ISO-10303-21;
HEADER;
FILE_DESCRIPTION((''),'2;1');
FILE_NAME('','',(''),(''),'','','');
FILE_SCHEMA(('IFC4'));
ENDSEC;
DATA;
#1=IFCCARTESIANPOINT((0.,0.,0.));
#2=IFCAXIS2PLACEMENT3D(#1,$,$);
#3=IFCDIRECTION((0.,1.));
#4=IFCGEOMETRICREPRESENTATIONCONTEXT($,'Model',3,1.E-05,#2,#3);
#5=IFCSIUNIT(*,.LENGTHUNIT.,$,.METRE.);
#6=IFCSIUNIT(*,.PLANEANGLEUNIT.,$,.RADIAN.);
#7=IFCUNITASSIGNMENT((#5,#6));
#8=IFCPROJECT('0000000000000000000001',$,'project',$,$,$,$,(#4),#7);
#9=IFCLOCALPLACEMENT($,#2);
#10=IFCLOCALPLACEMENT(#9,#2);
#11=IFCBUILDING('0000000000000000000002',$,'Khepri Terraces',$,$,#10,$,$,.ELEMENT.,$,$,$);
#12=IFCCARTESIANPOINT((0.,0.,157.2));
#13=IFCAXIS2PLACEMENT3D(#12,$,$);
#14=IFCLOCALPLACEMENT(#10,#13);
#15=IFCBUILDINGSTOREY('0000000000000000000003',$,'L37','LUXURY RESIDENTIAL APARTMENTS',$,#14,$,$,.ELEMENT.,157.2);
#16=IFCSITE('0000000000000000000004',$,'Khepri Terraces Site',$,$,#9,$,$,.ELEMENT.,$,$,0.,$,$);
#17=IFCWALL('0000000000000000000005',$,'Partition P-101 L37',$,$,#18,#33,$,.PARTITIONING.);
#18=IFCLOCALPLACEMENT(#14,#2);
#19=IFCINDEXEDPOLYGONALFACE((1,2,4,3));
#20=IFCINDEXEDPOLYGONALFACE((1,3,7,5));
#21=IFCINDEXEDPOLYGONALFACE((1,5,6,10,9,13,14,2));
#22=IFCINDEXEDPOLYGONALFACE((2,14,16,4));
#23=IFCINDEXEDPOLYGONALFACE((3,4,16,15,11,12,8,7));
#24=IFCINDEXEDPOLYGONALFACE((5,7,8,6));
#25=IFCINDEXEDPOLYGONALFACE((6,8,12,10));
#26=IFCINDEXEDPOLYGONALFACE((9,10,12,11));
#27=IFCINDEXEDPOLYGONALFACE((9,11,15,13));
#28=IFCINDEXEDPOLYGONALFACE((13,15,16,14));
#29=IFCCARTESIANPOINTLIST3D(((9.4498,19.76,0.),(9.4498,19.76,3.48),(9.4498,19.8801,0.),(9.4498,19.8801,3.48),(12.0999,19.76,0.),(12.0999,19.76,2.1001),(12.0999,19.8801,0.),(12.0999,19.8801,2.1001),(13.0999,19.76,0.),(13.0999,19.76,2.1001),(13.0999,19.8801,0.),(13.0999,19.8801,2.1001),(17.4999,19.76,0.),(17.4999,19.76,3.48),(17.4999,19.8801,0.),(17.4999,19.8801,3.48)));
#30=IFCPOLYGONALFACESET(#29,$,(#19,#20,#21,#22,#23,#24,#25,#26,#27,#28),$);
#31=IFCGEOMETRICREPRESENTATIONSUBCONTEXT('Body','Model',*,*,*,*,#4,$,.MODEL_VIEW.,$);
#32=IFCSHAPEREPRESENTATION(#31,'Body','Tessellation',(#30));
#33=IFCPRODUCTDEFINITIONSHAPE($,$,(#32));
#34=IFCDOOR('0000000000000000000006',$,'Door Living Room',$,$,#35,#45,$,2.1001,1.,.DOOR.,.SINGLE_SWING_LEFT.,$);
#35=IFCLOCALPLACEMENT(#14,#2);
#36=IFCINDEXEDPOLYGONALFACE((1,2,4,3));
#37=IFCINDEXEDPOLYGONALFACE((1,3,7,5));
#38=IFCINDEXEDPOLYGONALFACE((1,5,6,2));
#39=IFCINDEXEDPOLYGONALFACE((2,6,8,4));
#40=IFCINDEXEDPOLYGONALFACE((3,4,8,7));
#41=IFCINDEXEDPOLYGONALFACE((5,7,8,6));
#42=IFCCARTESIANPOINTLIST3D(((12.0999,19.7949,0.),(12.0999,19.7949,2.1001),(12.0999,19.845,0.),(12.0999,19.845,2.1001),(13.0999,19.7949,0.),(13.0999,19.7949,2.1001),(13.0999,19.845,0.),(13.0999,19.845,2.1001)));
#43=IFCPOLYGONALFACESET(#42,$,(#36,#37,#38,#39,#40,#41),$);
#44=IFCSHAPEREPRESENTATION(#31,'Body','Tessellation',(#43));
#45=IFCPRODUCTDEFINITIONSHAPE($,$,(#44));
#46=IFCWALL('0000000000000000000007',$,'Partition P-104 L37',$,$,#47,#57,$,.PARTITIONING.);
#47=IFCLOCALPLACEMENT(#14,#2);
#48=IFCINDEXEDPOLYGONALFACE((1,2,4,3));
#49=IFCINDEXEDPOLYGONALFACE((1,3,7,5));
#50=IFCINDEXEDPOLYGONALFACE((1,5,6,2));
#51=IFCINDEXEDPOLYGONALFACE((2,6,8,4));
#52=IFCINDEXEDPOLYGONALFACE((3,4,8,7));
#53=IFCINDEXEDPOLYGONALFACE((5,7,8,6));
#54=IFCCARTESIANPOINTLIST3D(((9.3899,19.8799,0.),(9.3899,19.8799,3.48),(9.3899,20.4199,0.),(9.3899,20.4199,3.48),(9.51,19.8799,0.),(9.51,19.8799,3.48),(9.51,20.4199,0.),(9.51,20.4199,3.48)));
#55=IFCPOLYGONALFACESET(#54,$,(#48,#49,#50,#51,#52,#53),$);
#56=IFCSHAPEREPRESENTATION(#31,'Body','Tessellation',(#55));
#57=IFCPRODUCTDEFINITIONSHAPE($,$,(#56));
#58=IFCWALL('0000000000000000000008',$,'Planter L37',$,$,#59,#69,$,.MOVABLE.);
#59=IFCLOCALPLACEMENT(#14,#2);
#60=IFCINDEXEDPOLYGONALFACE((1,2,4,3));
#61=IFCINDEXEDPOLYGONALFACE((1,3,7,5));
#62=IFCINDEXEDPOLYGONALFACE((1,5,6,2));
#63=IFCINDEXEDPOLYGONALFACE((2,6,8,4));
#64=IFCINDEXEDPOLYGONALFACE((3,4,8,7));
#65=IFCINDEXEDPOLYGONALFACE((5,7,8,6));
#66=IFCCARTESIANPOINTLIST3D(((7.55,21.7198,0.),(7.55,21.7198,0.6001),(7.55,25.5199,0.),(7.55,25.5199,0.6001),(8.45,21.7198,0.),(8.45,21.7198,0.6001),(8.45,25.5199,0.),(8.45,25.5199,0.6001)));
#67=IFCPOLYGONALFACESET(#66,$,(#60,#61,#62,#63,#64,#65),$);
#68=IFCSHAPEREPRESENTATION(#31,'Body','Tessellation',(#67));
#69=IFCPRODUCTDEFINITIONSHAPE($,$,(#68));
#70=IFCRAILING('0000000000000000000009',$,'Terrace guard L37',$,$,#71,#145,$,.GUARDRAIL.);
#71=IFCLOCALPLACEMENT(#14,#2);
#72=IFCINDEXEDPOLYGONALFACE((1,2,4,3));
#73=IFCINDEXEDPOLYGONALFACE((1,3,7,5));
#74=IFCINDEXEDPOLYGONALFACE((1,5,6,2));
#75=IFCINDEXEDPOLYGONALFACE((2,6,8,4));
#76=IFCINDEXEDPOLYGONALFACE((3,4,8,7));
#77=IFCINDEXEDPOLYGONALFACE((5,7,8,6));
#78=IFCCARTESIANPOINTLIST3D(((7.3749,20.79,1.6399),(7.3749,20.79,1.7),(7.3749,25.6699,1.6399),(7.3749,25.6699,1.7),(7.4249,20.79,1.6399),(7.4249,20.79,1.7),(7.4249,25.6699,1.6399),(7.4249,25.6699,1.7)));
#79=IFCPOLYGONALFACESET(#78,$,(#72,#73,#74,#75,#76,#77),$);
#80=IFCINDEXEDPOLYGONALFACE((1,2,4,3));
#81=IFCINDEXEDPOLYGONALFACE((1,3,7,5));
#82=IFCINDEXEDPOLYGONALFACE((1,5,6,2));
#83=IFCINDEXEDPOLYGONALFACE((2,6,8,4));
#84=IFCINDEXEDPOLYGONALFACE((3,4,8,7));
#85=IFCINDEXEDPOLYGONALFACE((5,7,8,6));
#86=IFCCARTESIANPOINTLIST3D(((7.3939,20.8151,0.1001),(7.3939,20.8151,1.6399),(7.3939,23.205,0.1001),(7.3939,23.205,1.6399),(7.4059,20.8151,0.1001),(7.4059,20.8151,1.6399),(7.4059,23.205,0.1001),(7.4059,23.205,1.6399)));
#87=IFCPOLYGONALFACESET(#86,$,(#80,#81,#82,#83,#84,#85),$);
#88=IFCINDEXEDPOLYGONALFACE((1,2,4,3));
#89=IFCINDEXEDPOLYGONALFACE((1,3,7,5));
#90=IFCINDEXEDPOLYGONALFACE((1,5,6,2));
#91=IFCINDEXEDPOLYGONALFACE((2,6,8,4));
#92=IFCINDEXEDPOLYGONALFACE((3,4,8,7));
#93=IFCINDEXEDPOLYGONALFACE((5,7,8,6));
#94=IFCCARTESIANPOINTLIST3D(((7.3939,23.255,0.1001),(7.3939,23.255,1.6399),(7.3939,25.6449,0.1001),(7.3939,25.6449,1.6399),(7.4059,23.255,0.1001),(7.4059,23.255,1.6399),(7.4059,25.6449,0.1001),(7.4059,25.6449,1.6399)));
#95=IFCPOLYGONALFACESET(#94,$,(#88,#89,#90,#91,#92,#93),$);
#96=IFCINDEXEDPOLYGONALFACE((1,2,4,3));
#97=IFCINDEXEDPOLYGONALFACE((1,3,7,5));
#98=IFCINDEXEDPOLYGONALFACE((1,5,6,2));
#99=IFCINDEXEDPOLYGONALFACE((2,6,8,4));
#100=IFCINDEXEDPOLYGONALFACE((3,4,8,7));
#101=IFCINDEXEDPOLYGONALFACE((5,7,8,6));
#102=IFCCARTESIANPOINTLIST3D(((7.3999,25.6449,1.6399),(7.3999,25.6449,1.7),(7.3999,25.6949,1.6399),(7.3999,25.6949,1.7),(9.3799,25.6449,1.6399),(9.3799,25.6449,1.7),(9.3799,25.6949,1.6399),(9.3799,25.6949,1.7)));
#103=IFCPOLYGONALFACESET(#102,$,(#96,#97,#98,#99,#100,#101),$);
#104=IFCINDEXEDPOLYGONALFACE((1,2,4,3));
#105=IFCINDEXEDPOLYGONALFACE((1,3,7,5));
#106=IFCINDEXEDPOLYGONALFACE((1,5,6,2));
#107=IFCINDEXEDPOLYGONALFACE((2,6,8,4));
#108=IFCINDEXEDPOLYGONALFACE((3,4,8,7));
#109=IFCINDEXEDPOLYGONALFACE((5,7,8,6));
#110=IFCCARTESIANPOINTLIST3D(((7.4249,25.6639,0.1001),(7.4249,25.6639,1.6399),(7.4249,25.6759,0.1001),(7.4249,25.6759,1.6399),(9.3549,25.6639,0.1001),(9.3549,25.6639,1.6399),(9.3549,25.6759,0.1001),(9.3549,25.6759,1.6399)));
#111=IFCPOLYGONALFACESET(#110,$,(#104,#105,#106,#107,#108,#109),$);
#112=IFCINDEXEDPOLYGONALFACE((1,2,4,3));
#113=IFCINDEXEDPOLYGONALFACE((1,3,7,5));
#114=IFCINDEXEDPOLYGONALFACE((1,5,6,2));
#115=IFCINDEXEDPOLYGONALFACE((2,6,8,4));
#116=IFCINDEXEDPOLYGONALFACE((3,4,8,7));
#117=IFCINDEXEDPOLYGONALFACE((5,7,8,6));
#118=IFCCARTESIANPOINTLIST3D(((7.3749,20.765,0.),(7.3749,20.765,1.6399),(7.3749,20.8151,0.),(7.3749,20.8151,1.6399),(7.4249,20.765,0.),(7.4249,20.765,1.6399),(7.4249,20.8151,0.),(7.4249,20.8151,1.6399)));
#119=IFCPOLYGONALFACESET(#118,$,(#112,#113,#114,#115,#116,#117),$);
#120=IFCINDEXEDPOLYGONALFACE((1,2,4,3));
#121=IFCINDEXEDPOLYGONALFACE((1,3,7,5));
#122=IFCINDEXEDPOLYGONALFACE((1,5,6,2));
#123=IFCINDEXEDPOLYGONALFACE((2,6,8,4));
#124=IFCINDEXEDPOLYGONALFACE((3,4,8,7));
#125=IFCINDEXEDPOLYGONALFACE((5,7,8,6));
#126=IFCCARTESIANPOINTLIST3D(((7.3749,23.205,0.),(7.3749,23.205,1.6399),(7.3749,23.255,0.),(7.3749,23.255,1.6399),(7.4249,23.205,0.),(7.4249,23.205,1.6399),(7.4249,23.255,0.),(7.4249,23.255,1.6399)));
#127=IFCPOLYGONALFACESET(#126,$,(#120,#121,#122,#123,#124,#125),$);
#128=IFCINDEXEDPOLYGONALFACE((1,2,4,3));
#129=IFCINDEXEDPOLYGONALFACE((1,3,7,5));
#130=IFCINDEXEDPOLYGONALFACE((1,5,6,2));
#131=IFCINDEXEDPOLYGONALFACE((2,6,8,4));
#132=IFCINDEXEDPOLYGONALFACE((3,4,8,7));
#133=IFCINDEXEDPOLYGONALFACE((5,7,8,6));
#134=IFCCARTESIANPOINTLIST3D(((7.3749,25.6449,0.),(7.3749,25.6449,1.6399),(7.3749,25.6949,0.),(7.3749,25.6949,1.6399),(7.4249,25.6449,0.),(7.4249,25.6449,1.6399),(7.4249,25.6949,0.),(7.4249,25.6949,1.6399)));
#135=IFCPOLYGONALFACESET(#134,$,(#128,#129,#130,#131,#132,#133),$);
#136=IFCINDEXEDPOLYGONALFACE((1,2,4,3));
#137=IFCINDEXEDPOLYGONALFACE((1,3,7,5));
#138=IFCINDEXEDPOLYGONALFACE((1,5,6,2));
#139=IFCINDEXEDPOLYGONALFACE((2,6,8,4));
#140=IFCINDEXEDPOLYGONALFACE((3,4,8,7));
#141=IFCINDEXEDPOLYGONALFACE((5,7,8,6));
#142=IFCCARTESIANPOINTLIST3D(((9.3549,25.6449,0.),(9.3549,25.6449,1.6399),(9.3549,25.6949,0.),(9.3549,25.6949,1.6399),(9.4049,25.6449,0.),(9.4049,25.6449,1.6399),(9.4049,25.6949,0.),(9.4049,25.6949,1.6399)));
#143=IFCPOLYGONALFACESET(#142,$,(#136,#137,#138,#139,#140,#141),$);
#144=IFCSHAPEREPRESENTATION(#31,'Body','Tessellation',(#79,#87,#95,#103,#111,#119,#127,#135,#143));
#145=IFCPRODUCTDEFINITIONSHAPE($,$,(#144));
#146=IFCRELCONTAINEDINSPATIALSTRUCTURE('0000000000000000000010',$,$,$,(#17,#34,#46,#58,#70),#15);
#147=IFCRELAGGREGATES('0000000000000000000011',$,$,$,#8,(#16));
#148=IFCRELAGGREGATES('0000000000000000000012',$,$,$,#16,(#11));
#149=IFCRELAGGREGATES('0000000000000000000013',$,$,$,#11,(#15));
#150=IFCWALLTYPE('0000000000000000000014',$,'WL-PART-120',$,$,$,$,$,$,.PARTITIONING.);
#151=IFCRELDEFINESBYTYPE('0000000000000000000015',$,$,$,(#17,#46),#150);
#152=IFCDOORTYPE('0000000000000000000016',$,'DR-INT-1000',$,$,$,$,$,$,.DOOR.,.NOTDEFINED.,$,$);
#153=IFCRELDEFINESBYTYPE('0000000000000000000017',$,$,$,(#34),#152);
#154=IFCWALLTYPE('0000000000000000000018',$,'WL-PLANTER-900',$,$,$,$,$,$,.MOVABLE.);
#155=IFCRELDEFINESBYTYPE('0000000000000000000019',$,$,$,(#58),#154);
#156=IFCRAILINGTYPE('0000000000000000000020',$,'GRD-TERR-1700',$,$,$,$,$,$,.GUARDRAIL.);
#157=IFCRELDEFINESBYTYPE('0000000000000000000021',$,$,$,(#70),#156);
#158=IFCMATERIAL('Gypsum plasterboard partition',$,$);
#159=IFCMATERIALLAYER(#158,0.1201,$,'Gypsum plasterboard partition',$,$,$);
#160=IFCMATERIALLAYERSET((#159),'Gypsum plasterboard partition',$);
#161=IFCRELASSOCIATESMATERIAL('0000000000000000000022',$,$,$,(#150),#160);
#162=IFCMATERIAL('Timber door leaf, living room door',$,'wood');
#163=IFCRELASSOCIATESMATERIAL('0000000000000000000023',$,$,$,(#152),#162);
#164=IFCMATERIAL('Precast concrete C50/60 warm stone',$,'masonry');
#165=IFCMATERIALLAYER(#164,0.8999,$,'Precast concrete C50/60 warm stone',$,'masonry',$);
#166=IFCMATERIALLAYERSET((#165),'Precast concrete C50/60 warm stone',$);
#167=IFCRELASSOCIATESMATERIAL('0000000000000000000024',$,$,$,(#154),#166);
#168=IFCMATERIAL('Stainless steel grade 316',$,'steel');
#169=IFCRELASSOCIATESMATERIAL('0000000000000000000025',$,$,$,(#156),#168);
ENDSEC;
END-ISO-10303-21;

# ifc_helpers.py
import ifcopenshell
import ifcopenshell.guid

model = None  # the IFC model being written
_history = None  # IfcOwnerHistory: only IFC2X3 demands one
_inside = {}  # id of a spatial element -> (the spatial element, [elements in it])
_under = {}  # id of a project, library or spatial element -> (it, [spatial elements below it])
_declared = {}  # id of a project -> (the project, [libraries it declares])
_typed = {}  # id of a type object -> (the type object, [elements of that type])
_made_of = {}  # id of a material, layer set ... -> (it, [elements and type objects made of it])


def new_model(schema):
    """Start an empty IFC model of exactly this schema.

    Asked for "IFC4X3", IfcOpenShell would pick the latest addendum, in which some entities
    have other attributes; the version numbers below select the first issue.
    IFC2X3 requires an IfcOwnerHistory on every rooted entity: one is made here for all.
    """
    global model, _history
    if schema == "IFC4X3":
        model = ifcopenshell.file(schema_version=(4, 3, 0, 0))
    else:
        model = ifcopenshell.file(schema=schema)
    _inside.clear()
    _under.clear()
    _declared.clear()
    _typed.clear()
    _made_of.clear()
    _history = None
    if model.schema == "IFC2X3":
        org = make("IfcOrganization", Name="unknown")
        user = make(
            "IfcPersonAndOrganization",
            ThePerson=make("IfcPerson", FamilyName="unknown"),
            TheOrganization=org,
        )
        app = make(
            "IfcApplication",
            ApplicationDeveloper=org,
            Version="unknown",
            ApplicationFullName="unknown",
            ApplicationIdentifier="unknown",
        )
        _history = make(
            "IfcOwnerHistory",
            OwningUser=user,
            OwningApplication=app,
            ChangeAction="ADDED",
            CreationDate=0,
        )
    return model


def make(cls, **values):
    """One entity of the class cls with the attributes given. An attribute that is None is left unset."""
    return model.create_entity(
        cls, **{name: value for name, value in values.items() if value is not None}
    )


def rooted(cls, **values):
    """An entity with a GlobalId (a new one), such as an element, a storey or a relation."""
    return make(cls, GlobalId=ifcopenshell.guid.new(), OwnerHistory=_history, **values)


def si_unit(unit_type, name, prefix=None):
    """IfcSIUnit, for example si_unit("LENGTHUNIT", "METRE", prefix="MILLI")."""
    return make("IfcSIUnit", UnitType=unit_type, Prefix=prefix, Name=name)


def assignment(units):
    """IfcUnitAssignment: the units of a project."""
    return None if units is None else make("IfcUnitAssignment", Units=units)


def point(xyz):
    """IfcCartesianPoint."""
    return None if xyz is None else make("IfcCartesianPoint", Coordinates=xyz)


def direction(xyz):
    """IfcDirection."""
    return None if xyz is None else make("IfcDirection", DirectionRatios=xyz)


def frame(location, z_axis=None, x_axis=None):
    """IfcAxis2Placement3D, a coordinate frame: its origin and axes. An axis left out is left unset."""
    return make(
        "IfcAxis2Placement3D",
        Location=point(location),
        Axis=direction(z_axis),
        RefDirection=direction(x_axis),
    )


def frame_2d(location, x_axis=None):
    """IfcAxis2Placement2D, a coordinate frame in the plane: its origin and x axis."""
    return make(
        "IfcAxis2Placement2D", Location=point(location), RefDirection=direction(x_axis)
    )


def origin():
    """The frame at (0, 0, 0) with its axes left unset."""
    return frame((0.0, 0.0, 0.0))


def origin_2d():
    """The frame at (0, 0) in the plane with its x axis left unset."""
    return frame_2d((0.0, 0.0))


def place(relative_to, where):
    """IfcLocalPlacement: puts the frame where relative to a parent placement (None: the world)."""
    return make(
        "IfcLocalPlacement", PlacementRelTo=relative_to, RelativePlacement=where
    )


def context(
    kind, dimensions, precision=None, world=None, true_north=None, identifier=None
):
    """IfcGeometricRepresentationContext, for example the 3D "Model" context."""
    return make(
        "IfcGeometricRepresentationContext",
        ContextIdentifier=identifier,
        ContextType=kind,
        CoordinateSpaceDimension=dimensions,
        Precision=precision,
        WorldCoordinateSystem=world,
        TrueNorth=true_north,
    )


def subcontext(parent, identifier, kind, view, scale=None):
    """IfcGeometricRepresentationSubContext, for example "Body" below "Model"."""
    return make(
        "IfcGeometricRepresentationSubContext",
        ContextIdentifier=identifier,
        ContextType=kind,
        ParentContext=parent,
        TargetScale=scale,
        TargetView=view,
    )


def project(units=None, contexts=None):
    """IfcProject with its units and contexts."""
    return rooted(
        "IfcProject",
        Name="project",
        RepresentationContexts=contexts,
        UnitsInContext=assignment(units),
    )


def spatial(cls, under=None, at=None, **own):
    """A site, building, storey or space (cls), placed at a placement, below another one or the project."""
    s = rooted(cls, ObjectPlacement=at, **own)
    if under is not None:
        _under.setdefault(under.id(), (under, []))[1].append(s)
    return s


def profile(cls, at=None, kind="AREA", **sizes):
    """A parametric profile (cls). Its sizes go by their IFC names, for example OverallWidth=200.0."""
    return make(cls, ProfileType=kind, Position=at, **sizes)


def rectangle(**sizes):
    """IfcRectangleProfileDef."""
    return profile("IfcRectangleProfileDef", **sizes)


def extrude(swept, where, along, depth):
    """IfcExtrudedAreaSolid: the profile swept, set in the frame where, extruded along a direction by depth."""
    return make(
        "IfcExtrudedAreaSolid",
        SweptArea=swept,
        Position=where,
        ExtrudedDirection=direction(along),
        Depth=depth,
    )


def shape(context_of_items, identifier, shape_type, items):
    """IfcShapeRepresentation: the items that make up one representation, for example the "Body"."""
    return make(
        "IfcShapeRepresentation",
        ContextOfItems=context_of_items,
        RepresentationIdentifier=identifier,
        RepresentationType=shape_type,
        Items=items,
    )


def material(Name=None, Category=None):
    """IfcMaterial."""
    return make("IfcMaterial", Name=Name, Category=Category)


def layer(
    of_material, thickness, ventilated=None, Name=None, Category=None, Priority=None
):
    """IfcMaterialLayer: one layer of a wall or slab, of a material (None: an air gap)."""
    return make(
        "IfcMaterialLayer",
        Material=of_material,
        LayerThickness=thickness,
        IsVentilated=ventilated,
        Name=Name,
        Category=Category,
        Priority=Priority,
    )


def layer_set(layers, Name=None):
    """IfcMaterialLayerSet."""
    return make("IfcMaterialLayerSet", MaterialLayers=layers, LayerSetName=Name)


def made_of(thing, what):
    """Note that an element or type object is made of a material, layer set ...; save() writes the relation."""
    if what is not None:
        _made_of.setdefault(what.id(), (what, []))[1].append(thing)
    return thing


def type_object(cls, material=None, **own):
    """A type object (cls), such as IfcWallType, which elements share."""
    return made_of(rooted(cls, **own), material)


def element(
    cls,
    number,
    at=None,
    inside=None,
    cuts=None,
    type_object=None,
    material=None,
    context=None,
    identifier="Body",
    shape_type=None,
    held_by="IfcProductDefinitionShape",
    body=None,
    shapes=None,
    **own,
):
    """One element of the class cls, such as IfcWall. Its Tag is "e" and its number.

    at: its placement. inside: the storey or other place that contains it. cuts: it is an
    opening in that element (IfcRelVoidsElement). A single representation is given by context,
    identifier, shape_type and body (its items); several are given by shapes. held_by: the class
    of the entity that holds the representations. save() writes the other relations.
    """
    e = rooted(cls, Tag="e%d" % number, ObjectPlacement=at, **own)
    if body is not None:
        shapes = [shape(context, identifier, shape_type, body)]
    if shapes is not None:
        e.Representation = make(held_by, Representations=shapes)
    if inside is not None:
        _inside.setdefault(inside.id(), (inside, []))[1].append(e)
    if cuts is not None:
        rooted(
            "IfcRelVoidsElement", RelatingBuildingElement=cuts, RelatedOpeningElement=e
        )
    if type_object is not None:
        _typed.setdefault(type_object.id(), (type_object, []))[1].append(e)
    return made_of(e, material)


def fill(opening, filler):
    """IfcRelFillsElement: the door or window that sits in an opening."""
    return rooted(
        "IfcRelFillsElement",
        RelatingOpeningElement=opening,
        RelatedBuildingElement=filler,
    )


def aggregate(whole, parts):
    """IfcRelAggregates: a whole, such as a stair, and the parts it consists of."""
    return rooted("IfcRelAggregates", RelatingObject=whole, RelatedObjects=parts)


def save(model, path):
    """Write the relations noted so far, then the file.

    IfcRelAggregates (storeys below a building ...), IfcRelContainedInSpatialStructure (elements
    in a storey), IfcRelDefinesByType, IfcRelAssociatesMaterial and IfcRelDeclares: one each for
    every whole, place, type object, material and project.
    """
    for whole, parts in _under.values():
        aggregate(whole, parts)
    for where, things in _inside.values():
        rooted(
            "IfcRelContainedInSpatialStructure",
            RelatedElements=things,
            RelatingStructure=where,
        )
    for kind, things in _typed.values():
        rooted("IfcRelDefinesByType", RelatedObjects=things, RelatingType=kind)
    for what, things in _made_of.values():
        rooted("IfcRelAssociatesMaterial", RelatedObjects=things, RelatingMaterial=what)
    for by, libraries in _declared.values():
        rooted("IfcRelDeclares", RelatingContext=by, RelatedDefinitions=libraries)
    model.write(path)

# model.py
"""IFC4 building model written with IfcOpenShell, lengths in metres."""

from ifc_helpers import new_model, si_unit, direction, frame, frame_2d, origin, origin_2d, place, context, subcontext, project, spatial, rectangle, extrude, material, layer, layer_set, type_object, element, fill, save


model = new_model("IFC4")

# Units and contexts
model_context = context("Model", 3, precision=1e-05, world=origin(), true_north=direction((0.0, 1.0)))
body_context = subcontext(model_context, "Body", "Model", "MODEL_VIEW")
ifc_project = project(units=[si_unit("LENGTHUNIT", "METRE"), si_unit("PLANEANGLEUNIT", "RADIAN")], contexts=[model_context])

# Site, building, storey
site_placement = place(None, origin())
site = spatial("IfcSite", under=ifc_project, at=site_placement, Name="Khepri Terraces Site", CompositionType="ELEMENT", RefElevation=0.0)
building_placement = place(site_placement, origin())
building = spatial("IfcBuilding", under=site, at=building_placement, Name="Khepri Terraces", CompositionType="ELEMENT")
storey_placement = place(building_placement, frame((0.0, 0.0, 157.2)))
storey = spatial("IfcBuildingStorey", under=building, at=storey_placement, Name="L37", Description="LUXURY RESIDENTIAL APARTMENTS", CompositionType="ELEMENT", Elevation=157.2)

# Shared definitions
ifc_material_1 = material(Name="Precast concrete C50/60 warm stone", Category="masonry")

# Shared definitions
ifc_material_2 = material(Name="Gypsum plasterboard partition")
ifc_layer_1 = layer(ifc_material_2, 0.1201, Name="Gypsum plasterboard partition")
ifc_layer_set_1 = layer_set([ifc_layer_1], Name="Gypsum plasterboard partition")
wall_type_1 = type_object("IfcWallType", Name="WL-PART-120", PredefinedType="PARTITIONING", material=ifc_layer_set_1)

# Wall, opening, door
wall_1_placement = place(storey_placement, frame((9.45, 19.8201, 0.0), z_axis=(0.0, 0.0, 1.0), x_axis=(1.0, 0.0, 0.0)))
wall_1 = element("IfcWall", 1, at=wall_1_placement, inside=storey, type_object=wall_type_1, Name="Partition P-101 L37", PredefinedType="PARTITIONING", context=body_context, shape_type="SweptSolid", body=[
    extrude(rectangle(XDim=8.05, YDim=0.1201, at=frame_2d((4.0249, 0.0))), origin(), (0.0, 0.0, 1.0), 3.48),
])
opening_1_placement = place(wall_1_placement, frame((2.6499, 0.0, 0.0)))
opening_1 = element("IfcOpeningElement", 2, at=opening_1_placement, cuts=wall_1, PredefinedType="OPENING", context=body_context, shape_type="SweptSolid", body=[
    extrude(rectangle(XDim=1.0, YDim=2.1001, at=frame_2d((0.5, 1.05))), frame((0.0, 0.0701, 0.0), z_axis=(0.0, -1.0, 0.0), x_axis=(1.0, 0.0, 0.0)), (0.0, 0.0, 1.0), 0.1401),
])
ifc_material_3 = material(Name="Timber door leaf, living room door", Category="wood")
door_type_1 = type_object("IfcDoorType", Name="DR-INT-1000", OperationType="NOTDEFINED", PredefinedType="DOOR", material=ifc_material_3)
door_1_placement = place(opening_1_placement, origin())
door_1 = element("IfcDoor", 3, at=door_1_placement, inside=storey, type_object=door_type_1, Name="Door Living Room", OperationType="SINGLE_SWING_LEFT", OverallHeight=2.1001, OverallWidth=1.0, PredefinedType="DOOR", context=body_context, shape_type="SweptSolid", body=[
    extrude(rectangle(XDim=1.0, YDim=2.1001, at=frame_2d((0.5, 1.05))), frame((0.0, 0.0249, 0.0), z_axis=(0.0, -1.0, 0.0), x_axis=(1.0, 0.0, 0.0)), (0.0, 0.0, 1.0), 0.05),
])
fill(opening_1, door_1)

# Walls
wall_2_placement = place(storey_placement, frame((9.45, 19.8799, 0.0), z_axis=(0.0, 0.0, 1.0), x_axis=(0.0, 1.0, 0.0)))
element("IfcWall", 4, at=wall_2_placement, inside=storey, type_object=wall_type_1, Name="Partition P-104 L37", PredefinedType="PARTITIONING", context=body_context, shape_type="SweptSolid", body=[
    extrude(rectangle(XDim=0.54, YDim=0.1201, at=frame_2d((0.27, 0.0))), origin(), (0.0, 0.0, 1.0), 3.48),
])
ifc_layer_2 = layer(ifc_material_1, 0.8999, Name="Precast concrete C50/60 warm stone", Category="masonry")
ifc_layer_set_2 = layer_set([ifc_layer_2], Name="Precast concrete C50/60 warm stone")
wall_type_2 = type_object("IfcWallType", Name="WL-PLANTER-900", PredefinedType="MOVABLE", material=ifc_layer_set_2)
wall_3_placement = place(storey_placement, frame((8.0, 21.72, 0.0), z_axis=(0.0, 0.0, 1.0), x_axis=(0.0, 1.0, 0.0)))
element("IfcWall", 5, at=wall_3_placement, inside=storey, type_object=wall_type_2, Name="Planter L37", PredefinedType="MOVABLE", context=body_context, shape_type="SweptSolid", body=[
    extrude(rectangle(XDim=3.8, YDim=0.8999, at=frame_2d((1.8999, 0.0))), origin(), (0.0, 0.0, 1.0), 0.6001),
])

# Railing
ifc_material_4 = material(Name="Stainless steel grade 316", Category="steel")
railing_type = type_object("IfcRailingType", Name="GRD-TERR-1700", PredefinedType="GUARDRAIL", material=ifc_material_4)
railing_placement = place(storey_placement, frame((7.3999, 20.79, 0.0)))
element("IfcRailing", 6, at=railing_placement, inside=storey, type_object=railing_type, Name="Terrace guard L37", PredefinedType="GUARDRAIL", context=body_context, shape_type="SweptSolid", body=[
    extrude(rectangle(XDim=0.05, YDim=0.0601, at=origin_2d()), frame((0.0, 0.0, 1.6699), z_axis=(0.0, 1.0, 0.0), x_axis=(-1.0, 0.0, 0.0)), (0.0, 0.0, 1.0), 4.8799),
    extrude(rectangle(XDim=2.3899, YDim=0.012, at=origin_2d()), frame((0.0, 1.22, 0.1001), z_axis=(0.0, 0.0, 1.0), x_axis=(0.0, 1.0, 0.0)), (0.0, 0.0, 1.0), 1.5398),
    extrude(rectangle(XDim=2.3899, YDim=0.012, at=origin_2d()), frame((0.0, 3.6599, 0.1001), z_axis=(0.0, 0.0, 1.0), x_axis=(0.0, 1.0, 0.0)), (0.0, 0.0, 1.0), 1.5398),
    extrude(rectangle(XDim=0.05, YDim=0.0601, at=origin_2d()), frame((0.0, 4.8799, 1.6699), z_axis=(1.0, 0.0, 0.0), x_axis=(0.0, 1.0, 0.0)), (0.0, 0.0, 1.0), 1.98),
    extrude(rectangle(XDim=1.9299, YDim=0.012, at=origin_2d()), frame((0.99, 4.8799, 0.1001), z_axis=(0.0, 0.0, 1.0), x_axis=(1.0, 0.0, 0.0)), (0.0, 0.0, 1.0), 1.5398),
    extrude(rectangle(XDim=0.05, YDim=0.05, at=origin_2d()), origin(), (0.0, 0.0, 1.0), 1.6399),
    extrude(rectangle(XDim=0.05, YDim=0.05, at=origin_2d()), frame((0.0, 2.4399, 0.0)), (0.0, 0.0, 1.0), 1.6399),
    extrude(rectangle(XDim=0.05, YDim=0.05, at=origin_2d()), frame((0.0, 4.8799, 0.0)), (0.0, 0.0, 1.0), 1.6399),
    extrude(rectangle(XDim=0.05, YDim=0.05, at=origin_2d()), frame((1.98, 4.8799, 0.0)), (0.0, 0.0, 1.0), 1.6399),
])

save(model, "model.ifc")
